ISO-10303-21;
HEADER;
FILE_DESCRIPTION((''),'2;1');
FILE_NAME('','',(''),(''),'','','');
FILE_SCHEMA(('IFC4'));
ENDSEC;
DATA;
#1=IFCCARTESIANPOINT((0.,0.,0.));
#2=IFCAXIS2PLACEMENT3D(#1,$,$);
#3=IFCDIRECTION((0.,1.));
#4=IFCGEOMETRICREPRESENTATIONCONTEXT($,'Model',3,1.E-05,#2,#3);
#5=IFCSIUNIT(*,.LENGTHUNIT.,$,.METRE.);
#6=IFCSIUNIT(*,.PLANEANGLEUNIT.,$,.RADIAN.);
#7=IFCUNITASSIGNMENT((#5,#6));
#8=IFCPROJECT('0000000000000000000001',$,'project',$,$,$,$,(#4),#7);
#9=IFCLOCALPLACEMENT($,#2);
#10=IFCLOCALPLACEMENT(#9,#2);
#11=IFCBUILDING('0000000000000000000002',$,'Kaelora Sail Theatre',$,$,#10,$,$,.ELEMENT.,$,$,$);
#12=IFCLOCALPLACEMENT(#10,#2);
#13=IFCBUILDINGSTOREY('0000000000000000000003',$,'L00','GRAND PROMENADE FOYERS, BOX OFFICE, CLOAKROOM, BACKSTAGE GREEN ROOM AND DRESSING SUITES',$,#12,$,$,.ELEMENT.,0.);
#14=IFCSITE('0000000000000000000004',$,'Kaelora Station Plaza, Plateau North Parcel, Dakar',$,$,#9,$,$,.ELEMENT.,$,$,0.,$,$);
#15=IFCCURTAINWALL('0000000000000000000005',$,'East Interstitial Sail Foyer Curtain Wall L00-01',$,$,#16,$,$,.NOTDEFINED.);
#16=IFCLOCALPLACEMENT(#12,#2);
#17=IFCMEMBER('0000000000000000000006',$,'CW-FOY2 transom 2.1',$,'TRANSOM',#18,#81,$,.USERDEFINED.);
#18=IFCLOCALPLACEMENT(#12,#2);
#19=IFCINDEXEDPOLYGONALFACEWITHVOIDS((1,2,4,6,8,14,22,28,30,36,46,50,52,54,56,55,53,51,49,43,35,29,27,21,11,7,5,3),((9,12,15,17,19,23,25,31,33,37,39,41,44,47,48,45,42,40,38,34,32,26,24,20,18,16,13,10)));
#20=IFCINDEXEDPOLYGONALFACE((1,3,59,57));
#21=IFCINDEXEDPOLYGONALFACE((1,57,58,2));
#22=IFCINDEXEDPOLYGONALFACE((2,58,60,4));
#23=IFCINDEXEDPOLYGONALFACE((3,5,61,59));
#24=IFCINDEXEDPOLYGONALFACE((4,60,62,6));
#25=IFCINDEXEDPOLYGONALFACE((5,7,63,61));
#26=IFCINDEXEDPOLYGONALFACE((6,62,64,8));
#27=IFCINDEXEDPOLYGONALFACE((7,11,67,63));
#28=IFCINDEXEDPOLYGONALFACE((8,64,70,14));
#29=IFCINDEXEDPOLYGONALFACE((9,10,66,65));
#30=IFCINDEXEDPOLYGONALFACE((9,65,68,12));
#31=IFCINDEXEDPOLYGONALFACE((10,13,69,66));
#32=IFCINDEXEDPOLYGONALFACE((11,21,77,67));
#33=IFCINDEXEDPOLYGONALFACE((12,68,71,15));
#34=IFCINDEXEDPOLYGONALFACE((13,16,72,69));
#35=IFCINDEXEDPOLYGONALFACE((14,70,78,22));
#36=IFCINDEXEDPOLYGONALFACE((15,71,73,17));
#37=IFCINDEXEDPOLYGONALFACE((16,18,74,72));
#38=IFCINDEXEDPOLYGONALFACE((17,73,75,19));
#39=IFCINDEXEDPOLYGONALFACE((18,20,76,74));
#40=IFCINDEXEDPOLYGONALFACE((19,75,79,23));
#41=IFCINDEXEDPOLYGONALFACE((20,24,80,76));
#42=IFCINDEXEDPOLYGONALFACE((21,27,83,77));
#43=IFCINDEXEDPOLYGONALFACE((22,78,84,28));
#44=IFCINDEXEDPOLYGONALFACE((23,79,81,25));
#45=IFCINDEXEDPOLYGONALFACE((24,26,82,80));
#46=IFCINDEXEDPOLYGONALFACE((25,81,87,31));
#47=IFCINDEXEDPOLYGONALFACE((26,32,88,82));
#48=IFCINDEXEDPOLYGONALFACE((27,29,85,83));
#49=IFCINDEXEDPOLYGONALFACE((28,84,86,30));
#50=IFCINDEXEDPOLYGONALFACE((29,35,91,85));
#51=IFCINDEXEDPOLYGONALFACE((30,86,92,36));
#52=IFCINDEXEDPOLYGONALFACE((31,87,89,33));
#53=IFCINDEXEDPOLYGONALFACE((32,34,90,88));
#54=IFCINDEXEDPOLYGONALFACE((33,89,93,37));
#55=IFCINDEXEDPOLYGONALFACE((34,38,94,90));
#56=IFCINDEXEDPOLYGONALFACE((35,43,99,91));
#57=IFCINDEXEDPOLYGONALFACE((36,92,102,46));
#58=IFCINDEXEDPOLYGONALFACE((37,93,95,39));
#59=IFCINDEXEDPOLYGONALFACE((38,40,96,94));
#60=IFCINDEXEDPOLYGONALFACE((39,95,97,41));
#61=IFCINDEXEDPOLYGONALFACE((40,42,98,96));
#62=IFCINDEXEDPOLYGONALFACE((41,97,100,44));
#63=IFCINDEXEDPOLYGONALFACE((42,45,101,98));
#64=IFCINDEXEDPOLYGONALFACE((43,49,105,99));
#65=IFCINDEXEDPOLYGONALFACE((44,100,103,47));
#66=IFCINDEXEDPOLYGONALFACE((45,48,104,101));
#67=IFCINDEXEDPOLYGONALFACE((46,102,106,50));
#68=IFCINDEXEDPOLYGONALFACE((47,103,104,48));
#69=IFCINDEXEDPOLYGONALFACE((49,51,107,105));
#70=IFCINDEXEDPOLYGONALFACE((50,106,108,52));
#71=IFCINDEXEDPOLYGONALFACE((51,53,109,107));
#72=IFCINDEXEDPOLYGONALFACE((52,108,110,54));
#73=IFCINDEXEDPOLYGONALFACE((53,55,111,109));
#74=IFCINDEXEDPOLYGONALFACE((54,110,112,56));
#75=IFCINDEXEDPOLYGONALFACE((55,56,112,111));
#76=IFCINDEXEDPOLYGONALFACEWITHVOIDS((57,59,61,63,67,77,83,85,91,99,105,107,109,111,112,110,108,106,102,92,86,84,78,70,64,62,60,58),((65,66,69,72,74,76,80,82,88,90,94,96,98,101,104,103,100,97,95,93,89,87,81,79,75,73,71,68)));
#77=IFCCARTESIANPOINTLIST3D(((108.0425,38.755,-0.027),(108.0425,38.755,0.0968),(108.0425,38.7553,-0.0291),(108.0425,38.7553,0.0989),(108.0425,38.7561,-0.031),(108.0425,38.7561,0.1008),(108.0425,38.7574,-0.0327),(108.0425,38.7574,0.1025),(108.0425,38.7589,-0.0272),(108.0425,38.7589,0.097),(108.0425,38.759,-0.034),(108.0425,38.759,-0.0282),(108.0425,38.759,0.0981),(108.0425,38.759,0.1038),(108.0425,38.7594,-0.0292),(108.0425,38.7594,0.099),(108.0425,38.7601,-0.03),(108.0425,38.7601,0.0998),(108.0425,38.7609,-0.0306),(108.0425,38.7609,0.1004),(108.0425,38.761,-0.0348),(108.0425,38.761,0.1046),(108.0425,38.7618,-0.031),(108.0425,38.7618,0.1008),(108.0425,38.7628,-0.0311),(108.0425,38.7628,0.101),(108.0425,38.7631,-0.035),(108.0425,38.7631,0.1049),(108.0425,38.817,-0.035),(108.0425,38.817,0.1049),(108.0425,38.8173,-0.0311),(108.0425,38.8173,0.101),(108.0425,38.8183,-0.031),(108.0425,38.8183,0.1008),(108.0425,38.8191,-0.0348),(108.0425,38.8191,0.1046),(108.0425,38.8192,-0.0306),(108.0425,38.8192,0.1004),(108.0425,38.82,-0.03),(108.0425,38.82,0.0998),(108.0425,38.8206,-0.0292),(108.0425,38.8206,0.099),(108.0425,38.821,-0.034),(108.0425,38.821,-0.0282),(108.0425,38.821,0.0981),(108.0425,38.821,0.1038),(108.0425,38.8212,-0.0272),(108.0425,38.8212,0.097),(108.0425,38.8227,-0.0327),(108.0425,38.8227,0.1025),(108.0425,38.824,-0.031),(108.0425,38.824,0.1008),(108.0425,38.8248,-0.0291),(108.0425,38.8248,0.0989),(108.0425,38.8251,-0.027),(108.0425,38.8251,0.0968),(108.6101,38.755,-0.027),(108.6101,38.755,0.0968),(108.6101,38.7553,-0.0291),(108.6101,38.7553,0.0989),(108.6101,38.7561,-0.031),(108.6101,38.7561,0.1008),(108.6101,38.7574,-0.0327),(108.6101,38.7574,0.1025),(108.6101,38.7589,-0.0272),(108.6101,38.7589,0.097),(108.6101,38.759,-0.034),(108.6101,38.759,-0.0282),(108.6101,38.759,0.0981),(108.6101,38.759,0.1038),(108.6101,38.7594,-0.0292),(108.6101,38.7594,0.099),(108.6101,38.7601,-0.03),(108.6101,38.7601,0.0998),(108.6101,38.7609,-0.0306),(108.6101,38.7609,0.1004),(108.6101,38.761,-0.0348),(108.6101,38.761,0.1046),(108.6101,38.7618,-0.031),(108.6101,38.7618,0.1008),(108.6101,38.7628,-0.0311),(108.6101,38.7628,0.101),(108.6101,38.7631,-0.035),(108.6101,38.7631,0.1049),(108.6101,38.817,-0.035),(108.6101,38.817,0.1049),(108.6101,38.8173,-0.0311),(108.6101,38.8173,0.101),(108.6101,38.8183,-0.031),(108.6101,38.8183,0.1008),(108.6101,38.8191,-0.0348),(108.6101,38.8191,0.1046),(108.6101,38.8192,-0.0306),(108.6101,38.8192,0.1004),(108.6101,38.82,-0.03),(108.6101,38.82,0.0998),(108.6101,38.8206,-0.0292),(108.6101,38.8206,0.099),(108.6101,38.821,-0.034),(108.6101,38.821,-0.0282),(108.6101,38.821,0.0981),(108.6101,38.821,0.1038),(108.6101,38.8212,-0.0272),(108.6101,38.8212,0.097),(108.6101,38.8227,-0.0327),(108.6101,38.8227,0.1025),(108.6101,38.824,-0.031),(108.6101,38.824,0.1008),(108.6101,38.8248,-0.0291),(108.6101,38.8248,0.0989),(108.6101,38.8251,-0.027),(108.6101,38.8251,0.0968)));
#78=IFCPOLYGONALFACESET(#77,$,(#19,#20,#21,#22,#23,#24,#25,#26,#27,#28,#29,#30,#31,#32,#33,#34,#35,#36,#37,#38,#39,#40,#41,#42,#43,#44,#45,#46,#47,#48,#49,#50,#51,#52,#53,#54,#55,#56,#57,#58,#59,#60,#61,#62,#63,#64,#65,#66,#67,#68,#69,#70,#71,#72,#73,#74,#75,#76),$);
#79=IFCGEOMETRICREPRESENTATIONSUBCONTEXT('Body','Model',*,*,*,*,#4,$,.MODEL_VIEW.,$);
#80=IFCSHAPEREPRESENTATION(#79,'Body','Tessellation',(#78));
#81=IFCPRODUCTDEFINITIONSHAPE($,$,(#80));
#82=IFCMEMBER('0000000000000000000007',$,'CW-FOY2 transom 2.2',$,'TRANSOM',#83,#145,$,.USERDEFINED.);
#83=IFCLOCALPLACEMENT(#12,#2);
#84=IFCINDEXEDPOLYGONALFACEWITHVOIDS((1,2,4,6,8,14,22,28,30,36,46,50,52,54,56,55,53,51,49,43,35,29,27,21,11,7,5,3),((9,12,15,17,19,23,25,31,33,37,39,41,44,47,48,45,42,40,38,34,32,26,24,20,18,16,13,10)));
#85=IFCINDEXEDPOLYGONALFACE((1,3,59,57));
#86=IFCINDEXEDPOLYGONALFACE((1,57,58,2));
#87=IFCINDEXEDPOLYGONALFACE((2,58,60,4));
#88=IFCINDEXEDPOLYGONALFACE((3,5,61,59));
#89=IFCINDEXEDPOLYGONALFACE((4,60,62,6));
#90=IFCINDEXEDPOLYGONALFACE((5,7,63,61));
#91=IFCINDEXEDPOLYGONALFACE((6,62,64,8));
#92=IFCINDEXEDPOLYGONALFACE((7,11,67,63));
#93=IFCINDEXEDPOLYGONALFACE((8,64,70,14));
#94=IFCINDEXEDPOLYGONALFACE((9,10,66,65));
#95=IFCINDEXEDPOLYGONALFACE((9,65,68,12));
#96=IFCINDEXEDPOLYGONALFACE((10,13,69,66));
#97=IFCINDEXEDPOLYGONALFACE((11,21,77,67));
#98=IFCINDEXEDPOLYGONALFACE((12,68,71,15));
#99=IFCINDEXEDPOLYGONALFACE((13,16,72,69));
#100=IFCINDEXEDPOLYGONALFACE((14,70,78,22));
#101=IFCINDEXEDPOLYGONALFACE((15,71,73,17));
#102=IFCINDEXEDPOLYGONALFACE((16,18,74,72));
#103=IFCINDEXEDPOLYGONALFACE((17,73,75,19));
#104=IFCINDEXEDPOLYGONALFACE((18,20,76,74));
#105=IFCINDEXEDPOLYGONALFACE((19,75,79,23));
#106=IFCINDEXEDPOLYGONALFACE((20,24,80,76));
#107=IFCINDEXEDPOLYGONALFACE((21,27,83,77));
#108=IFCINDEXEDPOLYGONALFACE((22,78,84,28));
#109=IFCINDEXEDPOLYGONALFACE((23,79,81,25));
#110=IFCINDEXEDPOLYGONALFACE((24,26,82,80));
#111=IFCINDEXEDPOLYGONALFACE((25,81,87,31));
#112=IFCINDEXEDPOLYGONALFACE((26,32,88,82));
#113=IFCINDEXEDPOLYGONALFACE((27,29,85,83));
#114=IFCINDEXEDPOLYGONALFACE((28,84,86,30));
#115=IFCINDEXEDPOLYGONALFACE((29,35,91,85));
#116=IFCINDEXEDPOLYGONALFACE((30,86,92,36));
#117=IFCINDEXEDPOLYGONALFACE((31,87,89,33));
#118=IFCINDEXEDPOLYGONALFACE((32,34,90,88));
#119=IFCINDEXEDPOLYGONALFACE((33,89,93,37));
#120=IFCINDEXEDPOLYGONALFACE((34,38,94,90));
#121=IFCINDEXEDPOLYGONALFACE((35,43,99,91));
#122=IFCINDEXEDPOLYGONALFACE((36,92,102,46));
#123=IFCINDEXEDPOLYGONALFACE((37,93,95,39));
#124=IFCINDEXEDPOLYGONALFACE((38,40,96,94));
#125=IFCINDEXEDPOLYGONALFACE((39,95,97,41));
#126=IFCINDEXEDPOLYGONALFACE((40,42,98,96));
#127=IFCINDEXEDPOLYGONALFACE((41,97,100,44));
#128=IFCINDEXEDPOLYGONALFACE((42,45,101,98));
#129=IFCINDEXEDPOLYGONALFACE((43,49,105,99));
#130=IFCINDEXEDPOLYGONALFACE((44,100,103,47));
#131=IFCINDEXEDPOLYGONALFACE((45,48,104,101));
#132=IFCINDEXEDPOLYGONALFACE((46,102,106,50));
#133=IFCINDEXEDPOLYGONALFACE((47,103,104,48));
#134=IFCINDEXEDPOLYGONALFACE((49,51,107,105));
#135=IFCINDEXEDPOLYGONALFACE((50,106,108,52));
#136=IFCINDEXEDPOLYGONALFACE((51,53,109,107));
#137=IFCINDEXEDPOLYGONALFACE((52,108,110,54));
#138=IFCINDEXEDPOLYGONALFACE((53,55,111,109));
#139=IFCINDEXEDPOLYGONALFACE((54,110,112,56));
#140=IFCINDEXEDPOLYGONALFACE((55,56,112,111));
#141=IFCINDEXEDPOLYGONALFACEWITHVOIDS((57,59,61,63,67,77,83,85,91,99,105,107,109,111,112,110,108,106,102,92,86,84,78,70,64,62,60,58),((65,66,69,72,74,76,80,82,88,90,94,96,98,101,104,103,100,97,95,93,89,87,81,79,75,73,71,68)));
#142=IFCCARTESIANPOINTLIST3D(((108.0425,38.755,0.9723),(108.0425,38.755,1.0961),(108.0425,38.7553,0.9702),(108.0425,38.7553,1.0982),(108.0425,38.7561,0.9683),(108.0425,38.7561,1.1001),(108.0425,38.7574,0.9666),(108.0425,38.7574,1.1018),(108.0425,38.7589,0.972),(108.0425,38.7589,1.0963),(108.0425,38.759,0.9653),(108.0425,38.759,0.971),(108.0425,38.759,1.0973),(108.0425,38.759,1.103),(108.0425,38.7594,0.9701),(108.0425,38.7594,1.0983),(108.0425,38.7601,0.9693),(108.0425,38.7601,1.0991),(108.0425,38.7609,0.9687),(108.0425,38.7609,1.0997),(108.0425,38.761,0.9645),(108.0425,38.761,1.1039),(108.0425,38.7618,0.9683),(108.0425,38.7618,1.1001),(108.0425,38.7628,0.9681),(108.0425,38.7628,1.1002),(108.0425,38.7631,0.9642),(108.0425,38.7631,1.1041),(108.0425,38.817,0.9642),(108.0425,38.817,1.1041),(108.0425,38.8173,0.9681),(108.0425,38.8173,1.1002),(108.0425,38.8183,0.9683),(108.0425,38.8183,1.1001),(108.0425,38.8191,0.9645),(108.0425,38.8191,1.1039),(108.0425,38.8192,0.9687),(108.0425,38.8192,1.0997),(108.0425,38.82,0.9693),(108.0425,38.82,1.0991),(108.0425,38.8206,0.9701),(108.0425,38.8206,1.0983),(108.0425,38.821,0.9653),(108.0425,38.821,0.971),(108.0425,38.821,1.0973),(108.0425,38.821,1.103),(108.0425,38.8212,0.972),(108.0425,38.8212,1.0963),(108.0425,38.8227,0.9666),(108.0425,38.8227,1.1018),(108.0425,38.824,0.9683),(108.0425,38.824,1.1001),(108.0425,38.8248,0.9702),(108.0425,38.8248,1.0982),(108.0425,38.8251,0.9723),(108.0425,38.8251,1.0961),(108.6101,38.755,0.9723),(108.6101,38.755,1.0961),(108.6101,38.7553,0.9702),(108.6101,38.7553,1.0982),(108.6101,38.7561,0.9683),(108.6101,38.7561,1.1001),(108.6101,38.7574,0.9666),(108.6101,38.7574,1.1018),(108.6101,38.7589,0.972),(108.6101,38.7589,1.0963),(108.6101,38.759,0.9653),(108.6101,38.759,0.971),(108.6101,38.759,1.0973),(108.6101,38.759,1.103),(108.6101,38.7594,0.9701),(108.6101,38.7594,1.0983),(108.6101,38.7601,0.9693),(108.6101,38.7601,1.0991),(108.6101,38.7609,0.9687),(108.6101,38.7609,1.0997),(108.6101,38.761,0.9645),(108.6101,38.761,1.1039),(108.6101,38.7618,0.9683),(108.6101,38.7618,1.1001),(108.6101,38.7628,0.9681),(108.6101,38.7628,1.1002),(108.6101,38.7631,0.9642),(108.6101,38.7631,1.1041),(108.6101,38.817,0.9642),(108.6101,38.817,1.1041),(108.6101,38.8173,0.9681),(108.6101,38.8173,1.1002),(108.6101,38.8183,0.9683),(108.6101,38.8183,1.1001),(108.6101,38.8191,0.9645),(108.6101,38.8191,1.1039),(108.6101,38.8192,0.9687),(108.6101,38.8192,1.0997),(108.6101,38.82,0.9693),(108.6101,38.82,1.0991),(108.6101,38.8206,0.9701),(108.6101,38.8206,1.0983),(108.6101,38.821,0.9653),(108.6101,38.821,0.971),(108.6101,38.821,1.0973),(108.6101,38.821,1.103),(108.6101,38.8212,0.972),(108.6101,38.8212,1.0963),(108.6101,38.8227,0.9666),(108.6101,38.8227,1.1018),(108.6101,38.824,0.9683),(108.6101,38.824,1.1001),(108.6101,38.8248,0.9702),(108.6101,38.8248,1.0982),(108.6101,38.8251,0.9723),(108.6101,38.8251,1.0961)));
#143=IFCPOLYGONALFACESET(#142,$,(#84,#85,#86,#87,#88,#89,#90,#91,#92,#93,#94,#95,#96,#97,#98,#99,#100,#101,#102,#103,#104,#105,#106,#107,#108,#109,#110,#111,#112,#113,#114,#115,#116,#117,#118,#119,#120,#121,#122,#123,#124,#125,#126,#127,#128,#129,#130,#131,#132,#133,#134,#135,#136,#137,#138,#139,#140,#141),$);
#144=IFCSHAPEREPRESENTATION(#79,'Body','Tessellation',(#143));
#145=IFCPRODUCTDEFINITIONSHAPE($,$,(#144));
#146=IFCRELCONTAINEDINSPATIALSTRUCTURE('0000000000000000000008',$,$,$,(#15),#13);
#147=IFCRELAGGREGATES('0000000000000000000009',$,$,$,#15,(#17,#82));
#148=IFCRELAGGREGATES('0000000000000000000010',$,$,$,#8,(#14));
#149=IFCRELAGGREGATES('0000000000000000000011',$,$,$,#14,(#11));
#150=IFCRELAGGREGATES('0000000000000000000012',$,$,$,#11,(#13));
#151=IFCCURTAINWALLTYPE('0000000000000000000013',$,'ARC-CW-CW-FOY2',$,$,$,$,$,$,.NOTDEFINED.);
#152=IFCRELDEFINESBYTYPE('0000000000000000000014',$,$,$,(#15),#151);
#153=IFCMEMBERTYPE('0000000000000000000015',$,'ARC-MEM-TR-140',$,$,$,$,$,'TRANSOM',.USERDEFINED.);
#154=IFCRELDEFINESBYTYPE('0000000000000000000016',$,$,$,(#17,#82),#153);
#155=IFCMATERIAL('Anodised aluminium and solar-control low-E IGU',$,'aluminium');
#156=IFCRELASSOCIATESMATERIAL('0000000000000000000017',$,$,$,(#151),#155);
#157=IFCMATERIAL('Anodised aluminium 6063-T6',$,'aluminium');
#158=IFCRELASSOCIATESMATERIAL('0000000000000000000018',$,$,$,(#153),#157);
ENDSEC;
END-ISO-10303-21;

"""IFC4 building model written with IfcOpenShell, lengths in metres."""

from ifc_helpers import new_model, si_unit, direction, frame, origin, origin_2d, place, context, subcontext, project, spatial, hollow_rectangle, extrude, material, material_profile, profile_set, type_object, element, aggregate, save


model = new_model("IFC4")

# Units and contexts
model_context = context("Model", 3, precision=1e-05, world=origin(), true_north=direction((0.0, 1.0)))
body_context = subcontext(model_context, "Body", "Model", "MODEL_VIEW")
ifc_project = project(units=[si_unit("LENGTHUNIT", "METRE"), si_unit("PLANEANGLEUNIT", "RADIAN")], contexts=[model_context])

# Site, building, storey
site_placement = place(None, origin())
site = spatial("IfcSite", under=ifc_project, at=site_placement, Name="Kaelora Station Plaza, Plateau North Parcel, Dakar", CompositionType="ELEMENT", RefElevation=0.0)
building_placement = place(site_placement, origin())
building = spatial("IfcBuilding", under=site, at=building_placement, Name="Kaelora Sail Theatre", CompositionType="ELEMENT")
storey_placement = place(building_placement, origin())
storey = spatial("IfcBuildingStorey", under=building, at=storey_placement, Name="L00", Description="GRAND PROMENADE FOYERS, BOX OFFICE, CLOAKROOM, BACKSTAGE GREEN ROOM AND DRESSING SUITES", CompositionType="ELEMENT", Elevation=0.0)

# Curtain wall, members
ifc_material_1 = material(Name="Anodised aluminium and solar-control low-E IGU", Category="aluminium")
curtain_wall_type = type_object("IfcCurtainWallType", Name="ARC-CW-CW-FOY2", PredefinedType="NOTDEFINED", material=ifc_material_1)
curtain_wall_placement = place(storey_placement, origin())
curtain_wall = element("IfcCurtainWall", 1, at=curtain_wall_placement, inside=storey, type_object=curtain_wall_type, Name="East Interstitial Sail Foyer Curtain Wall L00-01", PredefinedType="NOTDEFINED")
ifc_material_2 = material(Name="Anodised aluminium 6063-T6", Category="aluminium")
ifc_material_profile_1 = material_profile(ifc_material_2, hollow_rectangle(XDim=0.0701, YDim=0.1399, WallThickness=0.0039, InnerFilletRadius=0.0039, OuterFilletRadius=0.0081, at=origin_2d()), Name="ALU-TRAN 70x140x4")
ifc_profile_set_1 = profile_set([ifc_material_profile_1], Name="Anodised aluminium 6063-T6")
member_type_1 = type_object("IfcMemberType", Name="ARC-MEM-TR-140", ElementType="TRANSOM", PredefinedType="USERDEFINED", material=ifc_profile_set_1)
member_1_placement = place(storey_placement, frame((108.0425, 38.79, 0.0349), z_axis=(1.0, 0.0, 0.0), x_axis=(0.0, 1.0, 0.0)))
member_1 = element("IfcMember", 2, at=member_1_placement, type_object=member_type_1, Name="CW-FOY2 transom 2.1", ObjectType="TRANSOM", PredefinedType="USERDEFINED", context=body_context, shape_type="SweptSolid", body=[
    extrude(hollow_rectangle(XDim=0.0701, YDim=0.1399, WallThickness=0.0039, InnerFilletRadius=0.0039, OuterFilletRadius=0.0081, at=origin_2d()), origin(), (0.0, 0.0, 1.0), 0.5676),
])
member_2_placement = place(storey_placement, frame((108.0425, 38.79, 1.0342), z_axis=(1.0, 0.0, 0.0), x_axis=(0.0, 1.0, 0.0)))
member_2 = element("IfcMember", 3, at=member_2_placement, type_object=member_type_1, Name="CW-FOY2 transom 2.2", ObjectType="TRANSOM", PredefinedType="USERDEFINED", context=body_context, shape_type="SweptSolid", body=[
    extrude(hollow_rectangle(XDim=0.0701, YDim=0.1399, WallThickness=0.0039, InnerFilletRadius=0.0039, OuterFilletRadius=0.0081, at=origin_2d()), origin(), (0.0, 0.0, 1.0), 0.5676),
])
aggregate(curtain_wall, [member_1, member_2])

save(model, "model.ifc")
